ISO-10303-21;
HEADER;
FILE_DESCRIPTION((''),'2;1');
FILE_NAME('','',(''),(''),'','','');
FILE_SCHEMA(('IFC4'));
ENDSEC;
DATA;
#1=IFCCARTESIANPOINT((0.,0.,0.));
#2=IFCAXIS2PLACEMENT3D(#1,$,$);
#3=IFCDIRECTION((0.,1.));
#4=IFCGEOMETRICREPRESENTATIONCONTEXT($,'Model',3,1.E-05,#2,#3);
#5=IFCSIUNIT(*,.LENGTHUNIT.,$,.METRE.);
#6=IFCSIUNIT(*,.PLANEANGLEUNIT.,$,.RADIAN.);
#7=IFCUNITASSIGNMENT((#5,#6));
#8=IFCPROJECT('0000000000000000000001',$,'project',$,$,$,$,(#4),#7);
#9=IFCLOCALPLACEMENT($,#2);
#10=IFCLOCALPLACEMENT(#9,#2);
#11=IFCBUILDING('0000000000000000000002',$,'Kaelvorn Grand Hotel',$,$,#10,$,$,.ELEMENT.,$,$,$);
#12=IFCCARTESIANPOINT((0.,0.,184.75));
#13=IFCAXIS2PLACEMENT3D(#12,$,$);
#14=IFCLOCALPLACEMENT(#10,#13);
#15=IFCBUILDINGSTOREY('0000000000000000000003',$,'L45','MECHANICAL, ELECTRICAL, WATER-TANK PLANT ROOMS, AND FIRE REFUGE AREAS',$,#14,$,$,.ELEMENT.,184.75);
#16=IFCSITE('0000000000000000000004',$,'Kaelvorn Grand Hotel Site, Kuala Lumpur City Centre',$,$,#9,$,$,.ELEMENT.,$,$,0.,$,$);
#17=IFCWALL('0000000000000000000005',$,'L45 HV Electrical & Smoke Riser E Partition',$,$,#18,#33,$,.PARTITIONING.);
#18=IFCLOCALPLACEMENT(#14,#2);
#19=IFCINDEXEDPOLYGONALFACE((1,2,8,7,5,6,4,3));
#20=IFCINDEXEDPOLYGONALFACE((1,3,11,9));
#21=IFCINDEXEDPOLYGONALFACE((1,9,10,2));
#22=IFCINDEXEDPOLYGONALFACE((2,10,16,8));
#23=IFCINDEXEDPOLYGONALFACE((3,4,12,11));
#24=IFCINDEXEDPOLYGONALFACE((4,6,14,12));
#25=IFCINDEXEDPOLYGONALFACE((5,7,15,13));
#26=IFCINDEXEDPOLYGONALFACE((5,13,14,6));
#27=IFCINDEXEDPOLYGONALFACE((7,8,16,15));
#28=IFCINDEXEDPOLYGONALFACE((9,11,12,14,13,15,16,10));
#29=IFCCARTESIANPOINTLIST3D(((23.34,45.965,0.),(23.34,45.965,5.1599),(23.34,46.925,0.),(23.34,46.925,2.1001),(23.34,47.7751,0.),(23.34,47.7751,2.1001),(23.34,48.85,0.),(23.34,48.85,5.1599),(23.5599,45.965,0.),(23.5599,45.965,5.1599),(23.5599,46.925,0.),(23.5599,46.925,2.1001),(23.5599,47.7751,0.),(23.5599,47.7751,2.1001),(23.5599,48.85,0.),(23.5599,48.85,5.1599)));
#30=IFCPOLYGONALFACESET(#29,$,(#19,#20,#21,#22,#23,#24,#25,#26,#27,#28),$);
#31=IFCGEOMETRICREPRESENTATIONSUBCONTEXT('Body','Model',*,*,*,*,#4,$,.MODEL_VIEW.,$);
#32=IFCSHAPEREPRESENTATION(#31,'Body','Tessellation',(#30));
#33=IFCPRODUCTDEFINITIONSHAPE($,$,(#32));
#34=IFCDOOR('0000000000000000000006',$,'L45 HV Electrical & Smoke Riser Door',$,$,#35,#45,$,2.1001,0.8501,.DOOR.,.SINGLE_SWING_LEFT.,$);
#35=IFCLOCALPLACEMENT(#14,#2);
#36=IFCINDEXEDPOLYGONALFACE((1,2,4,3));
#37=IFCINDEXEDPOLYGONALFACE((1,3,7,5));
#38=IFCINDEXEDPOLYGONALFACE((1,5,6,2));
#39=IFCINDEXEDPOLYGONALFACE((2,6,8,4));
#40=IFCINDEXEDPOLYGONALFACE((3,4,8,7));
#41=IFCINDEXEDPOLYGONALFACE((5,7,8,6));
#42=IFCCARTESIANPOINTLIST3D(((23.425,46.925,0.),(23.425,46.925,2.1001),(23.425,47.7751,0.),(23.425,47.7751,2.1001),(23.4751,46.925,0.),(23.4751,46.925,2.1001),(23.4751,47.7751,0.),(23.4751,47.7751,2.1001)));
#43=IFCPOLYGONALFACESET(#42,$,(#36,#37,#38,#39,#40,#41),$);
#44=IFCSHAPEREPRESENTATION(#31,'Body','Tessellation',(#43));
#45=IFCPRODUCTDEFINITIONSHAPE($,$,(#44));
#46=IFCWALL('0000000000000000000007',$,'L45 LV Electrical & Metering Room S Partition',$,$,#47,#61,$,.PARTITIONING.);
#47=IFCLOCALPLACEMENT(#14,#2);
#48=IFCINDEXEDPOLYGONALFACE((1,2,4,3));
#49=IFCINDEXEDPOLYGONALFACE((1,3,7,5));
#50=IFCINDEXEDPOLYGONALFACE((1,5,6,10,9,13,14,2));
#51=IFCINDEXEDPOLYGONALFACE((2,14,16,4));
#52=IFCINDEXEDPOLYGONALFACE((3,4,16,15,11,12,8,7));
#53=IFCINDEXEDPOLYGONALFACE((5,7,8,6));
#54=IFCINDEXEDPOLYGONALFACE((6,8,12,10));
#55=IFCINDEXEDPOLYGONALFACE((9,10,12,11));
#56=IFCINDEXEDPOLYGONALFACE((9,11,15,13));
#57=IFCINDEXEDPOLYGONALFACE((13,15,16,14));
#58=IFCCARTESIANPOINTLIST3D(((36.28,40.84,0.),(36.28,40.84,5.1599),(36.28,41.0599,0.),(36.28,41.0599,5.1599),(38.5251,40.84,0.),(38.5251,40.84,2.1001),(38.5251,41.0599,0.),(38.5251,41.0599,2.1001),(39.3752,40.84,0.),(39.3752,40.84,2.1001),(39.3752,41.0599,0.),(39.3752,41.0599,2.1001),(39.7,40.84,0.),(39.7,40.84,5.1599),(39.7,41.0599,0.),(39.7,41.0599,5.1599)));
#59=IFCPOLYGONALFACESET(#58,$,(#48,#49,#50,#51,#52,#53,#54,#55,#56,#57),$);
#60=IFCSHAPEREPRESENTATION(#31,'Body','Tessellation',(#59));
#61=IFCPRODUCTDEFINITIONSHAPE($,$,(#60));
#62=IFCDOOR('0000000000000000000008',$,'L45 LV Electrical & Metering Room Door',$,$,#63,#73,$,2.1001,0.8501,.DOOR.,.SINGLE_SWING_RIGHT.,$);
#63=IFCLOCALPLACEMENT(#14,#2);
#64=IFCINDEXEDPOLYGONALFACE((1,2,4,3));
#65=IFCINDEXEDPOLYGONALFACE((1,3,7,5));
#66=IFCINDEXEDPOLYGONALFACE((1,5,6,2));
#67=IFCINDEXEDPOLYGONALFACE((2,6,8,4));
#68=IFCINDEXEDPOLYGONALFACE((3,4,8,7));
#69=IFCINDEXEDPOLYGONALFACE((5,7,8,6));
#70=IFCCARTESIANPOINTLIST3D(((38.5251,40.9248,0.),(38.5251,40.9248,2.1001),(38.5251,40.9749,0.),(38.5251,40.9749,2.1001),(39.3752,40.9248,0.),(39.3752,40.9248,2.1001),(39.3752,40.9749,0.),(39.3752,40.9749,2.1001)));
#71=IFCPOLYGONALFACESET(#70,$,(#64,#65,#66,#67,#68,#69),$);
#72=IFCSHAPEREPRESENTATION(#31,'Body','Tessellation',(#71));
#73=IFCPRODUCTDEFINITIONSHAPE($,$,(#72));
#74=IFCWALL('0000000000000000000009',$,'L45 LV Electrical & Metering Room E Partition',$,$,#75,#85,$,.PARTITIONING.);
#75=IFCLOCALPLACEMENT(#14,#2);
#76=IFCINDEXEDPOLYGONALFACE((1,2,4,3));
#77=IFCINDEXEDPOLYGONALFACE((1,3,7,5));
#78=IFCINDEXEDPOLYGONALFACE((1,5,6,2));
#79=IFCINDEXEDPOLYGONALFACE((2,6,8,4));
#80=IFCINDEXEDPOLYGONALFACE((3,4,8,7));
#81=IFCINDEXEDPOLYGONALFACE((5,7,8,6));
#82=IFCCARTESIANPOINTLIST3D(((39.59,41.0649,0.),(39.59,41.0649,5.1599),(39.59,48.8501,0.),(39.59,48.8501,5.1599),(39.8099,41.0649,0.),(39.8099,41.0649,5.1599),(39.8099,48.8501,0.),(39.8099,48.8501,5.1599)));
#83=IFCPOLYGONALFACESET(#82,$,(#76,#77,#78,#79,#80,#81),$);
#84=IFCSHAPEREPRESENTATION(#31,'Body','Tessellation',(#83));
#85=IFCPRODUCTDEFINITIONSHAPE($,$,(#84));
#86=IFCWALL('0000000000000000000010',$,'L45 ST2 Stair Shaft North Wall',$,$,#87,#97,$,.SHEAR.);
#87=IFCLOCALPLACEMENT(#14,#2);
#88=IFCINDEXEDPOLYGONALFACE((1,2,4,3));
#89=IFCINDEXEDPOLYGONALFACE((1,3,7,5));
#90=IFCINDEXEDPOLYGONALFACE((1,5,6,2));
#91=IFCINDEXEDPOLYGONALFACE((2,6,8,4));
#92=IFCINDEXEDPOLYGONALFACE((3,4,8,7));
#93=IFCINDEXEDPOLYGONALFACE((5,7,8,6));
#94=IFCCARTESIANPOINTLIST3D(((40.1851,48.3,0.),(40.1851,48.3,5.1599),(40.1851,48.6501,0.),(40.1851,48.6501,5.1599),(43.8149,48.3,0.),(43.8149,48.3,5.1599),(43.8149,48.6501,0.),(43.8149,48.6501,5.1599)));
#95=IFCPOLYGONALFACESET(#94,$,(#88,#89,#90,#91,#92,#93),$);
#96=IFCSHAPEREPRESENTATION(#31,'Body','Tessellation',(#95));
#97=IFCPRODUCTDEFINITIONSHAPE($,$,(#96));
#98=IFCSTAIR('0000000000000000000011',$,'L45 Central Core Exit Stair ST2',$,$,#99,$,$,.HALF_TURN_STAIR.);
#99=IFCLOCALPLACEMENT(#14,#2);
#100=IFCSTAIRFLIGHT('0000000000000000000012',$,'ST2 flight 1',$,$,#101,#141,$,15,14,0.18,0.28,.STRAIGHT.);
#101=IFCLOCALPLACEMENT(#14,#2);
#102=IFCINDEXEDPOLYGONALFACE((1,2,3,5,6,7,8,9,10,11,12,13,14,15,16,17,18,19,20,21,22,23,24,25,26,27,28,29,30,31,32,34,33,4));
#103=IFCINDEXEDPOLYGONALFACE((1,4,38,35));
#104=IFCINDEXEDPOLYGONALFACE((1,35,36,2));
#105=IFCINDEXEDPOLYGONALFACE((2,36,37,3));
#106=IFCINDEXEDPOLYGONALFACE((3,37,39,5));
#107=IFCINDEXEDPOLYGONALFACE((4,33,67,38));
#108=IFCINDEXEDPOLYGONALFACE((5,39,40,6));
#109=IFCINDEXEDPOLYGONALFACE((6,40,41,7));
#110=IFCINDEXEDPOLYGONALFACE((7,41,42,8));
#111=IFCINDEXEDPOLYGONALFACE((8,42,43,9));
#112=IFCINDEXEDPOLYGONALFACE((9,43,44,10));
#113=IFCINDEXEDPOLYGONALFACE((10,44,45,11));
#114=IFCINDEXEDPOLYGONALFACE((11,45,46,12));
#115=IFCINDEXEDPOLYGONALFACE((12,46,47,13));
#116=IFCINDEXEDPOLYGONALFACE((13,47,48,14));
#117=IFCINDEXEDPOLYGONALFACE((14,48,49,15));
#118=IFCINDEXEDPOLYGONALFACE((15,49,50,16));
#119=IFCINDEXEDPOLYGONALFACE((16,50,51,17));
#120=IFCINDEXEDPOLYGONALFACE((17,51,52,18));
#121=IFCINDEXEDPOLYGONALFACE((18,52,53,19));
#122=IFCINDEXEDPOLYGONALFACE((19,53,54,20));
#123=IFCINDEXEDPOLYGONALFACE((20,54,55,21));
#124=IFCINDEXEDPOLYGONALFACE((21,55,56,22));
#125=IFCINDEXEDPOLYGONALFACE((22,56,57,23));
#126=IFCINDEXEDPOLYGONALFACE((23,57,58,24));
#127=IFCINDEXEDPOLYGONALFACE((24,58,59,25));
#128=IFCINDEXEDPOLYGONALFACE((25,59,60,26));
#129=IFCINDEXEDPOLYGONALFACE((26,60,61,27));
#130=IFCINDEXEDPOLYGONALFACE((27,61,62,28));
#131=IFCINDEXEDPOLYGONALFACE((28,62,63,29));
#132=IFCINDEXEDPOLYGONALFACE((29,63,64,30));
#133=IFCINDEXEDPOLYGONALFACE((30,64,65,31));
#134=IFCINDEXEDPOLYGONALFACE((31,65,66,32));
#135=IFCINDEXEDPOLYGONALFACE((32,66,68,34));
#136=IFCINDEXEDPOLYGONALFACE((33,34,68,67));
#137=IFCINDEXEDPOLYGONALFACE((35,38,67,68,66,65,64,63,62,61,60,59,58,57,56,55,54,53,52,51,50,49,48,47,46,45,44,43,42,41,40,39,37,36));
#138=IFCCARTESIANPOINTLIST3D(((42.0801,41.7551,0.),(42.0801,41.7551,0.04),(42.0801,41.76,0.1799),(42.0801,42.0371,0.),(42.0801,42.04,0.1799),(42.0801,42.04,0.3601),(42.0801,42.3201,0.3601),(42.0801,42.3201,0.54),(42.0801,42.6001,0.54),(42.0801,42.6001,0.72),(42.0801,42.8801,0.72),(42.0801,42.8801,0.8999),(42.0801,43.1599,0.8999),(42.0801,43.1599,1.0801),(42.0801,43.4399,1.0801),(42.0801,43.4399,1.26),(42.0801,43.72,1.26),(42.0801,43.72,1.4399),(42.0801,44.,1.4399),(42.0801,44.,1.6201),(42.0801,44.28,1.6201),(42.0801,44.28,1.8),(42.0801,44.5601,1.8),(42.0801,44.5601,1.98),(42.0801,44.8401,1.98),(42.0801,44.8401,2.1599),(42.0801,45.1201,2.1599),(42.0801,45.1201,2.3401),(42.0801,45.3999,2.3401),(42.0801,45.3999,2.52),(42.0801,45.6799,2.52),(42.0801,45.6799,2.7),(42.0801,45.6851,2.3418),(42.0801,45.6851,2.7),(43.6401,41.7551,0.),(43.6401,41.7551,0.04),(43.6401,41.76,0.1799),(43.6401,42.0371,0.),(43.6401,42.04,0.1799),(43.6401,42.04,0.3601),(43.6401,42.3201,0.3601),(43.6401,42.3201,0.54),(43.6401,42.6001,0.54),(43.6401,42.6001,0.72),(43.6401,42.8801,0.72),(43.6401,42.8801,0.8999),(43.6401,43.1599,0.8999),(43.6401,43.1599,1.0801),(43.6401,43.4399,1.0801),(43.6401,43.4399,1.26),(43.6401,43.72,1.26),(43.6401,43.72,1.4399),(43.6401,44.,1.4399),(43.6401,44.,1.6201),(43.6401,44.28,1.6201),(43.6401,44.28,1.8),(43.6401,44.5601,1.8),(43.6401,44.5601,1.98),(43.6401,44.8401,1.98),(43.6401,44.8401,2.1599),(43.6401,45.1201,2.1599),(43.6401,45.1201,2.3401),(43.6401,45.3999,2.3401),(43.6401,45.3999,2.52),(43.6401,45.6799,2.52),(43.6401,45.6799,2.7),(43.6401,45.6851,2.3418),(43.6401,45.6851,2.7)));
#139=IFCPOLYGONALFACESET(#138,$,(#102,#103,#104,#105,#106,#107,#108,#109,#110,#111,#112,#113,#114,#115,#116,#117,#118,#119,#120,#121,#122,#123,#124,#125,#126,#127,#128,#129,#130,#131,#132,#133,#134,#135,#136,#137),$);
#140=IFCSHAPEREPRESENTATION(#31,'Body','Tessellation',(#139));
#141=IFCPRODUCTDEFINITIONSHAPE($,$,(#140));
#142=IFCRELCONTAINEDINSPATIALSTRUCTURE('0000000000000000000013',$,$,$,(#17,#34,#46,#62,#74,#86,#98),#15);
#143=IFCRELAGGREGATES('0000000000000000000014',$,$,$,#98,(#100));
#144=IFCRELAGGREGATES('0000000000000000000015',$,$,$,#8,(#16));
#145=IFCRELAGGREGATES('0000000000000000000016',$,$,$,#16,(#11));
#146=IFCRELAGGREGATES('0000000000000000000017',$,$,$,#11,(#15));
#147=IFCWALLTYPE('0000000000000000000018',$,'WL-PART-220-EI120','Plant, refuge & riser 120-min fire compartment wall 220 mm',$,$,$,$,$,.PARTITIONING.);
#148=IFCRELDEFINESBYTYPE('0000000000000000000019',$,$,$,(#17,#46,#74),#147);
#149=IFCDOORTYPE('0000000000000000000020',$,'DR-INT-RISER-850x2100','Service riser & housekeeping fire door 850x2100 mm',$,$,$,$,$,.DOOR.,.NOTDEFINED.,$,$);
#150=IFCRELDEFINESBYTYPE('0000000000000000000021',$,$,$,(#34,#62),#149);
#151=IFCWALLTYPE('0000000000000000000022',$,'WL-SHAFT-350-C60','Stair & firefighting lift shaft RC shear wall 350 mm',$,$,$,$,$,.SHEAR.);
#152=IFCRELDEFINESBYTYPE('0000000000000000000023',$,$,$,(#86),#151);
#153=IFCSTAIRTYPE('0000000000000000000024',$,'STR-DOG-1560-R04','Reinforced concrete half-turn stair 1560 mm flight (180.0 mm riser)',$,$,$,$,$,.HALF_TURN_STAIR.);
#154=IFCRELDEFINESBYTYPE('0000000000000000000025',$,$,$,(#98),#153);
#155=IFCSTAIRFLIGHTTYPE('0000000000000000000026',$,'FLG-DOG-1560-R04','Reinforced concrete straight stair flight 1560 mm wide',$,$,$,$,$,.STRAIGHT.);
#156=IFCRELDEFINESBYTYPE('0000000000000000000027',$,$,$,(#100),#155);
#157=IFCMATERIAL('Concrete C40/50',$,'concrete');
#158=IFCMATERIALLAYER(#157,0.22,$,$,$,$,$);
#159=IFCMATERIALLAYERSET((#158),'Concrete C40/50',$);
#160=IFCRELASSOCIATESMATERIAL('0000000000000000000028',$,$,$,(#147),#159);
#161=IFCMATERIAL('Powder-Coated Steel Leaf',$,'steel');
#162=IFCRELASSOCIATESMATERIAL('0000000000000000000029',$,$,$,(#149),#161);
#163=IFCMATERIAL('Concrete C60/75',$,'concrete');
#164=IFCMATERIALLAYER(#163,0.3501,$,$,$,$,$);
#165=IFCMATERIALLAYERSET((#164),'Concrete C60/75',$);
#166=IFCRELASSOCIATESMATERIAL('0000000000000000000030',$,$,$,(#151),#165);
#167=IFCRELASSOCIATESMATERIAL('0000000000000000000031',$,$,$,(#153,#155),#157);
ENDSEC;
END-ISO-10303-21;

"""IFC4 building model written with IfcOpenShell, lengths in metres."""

from ifc_helpers import new_model, si_unit, direction, frame, frame_2d, origin, place, context, subcontext, project, spatial, polyline, rectangle, outline, extrude, material, layer, layer_set, type_object, element, fill, aggregate, save


model = new_model("IFC4")

# Units and contexts
model_context = context("Model", 3, precision=1e-05, world=origin(), true_north=direction((0.0, 1.0)))
body_context = subcontext(model_context, "Body", "Model", "MODEL_VIEW")
ifc_project = project(units=[si_unit("LENGTHUNIT", "METRE"), si_unit("PLANEANGLEUNIT", "RADIAN")], contexts=[model_context])

# Site, building, storey
site_placement = place(None, origin())
site = spatial("IfcSite", under=ifc_project, at=site_placement, Name="Kaelvorn Grand Hotel Site, Kuala Lumpur City Centre", CompositionType="ELEMENT", RefElevation=0.0)
building_placement = place(site_placement, origin())
building = spatial("IfcBuilding", under=site, at=building_placement, Name="Kaelvorn Grand Hotel", CompositionType="ELEMENT")
storey_placement = place(building_placement, frame((0.0, 0.0, 184.75)))
storey = spatial("IfcBuildingStorey", under=building, at=storey_placement, Name="L45", Description="MECHANICAL, ELECTRICAL, WATER-TANK PLANT ROOMS, AND FIRE REFUGE AREAS", CompositionType="ELEMENT", Elevation=184.75)

# Shared definitions
ifc_material_1 = material(Name="Concrete C60/75", Category="concrete")

# Walls, openings, doors
ifc_material_2 = material(Name="Concrete C40/50", Category="concrete")
ifc_layer_1 = layer(ifc_material_2, 0.22)
ifc_layer_set_1 = layer_set([ifc_layer_1], Name="Concrete C40/50")
wall_type_1 = type_object("IfcWallType", Name="WL-PART-220-EI120", Description="Plant, refuge & riser 120-min fire compartment wall 220 mm", PredefinedType="PARTITIONING", material=ifc_layer_set_1)
ifc_material_3 = material(Name="Powder-Coated Steel Leaf", Category="steel")
door_type_1 = type_object("IfcDoorType", Name="DR-INT-RISER-850x2100", Description="Service riser & housekeeping fire door 850x2100 mm", OperationType="NOTDEFINED", PredefinedType="DOOR", material=ifc_material_3)
wall_1_placement = place(storey_placement, frame((23.45, 45.9651, 0.0), z_axis=(0.0, 0.0, 1.0), x_axis=(0.0, 1.0, 0.0)))
wall_1 = element("IfcWall", 1, at=wall_1_placement, inside=storey, type_object=wall_type_1, Name="L45 HV Electrical & Smoke Riser E Partition", PredefinedType="PARTITIONING", context=body_context, shape_type="SweptSolid", body=[
    extrude(rectangle(XDim=2.885, YDim=0.22, at=frame_2d((1.4424, 0.0))), origin(), (0.0, 0.0, 1.0), 5.1599),
])
opening_1_placement = place(wall_1_placement, frame((0.96, 0.0, 0.0)))
opening_1 = element("IfcOpeningElement", 2, at=opening_1_placement, cuts=wall_1, PredefinedType="OPENING", context=body_context, shape_type="SweptSolid", body=[
    extrude(rectangle(XDim=0.8501, YDim=2.1001, at=frame_2d((0.425, 1.05))), frame((0.0, 0.1201, 0.0), z_axis=(0.0, -1.0, 0.0), x_axis=(1.0, 0.0, 0.0)), (0.0, 0.0, 1.0), 0.24),
])
door_1_placement = place(opening_1_placement, origin())
door_1 = element("IfcDoor", 3, at=door_1_placement, inside=storey, type_object=door_type_1, Name="L45 HV Electrical & Smoke Riser Door", OperationType="SINGLE_SWING_LEFT", OverallHeight=2.1001, OverallWidth=0.8501, PredefinedType="DOOR", context=body_context, shape_type="SweptSolid", body=[
    extrude(rectangle(XDim=0.8501, YDim=2.1001, at=frame_2d((0.425, 1.05))), frame((0.0, 0.0249, 0.0), z_axis=(0.0, -1.0, 0.0), x_axis=(1.0, 0.0, 0.0)), (0.0, 0.0, 1.0), 0.05),
])
fill(opening_1, door_1)
wall_2_placement = place(storey_placement, frame((36.28, 40.95, 0.0), z_axis=(0.0, 0.0, 1.0), x_axis=(1.0, 0.0, 0.0)))
wall_2 = element("IfcWall", 4, at=wall_2_placement, inside=storey, type_object=wall_type_1, Name="L45 LV Electrical & Metering Room S Partition", PredefinedType="PARTITIONING", context=body_context, shape_type="SweptSolid", body=[
    extrude(rectangle(XDim=3.4199, YDim=0.22, at=frame_2d((1.71, 0.0))), origin(), (0.0, 0.0, 1.0), 5.1599),
])
opening_2_placement = place(wall_2_placement, frame((2.2451, 0.0, 0.0)))
opening_2 = element("IfcOpeningElement", 5, at=opening_2_placement, cuts=wall_2, PredefinedType="OPENING", context=body_context, shape_type="SweptSolid", body=[
    extrude(rectangle(XDim=0.8501, YDim=2.1001, at=frame_2d((0.425, 1.05))), frame((0.0, 0.1201, 0.0), z_axis=(0.0, -1.0, 0.0), x_axis=(1.0, 0.0, 0.0)), (0.0, 0.0, 1.0), 0.24),
])
door_2_placement = place(opening_2_placement, origin())
door_2 = element("IfcDoor", 6, at=door_2_placement, inside=storey, type_object=door_type_1, Name="L45 LV Electrical & Metering Room Door", OperationType="SINGLE_SWING_RIGHT", OverallHeight=2.1001, OverallWidth=0.8501, PredefinedType="DOOR", context=body_context, shape_type="SweptSolid", body=[
    extrude(rectangle(XDim=0.8501, YDim=2.1001, at=frame_2d((0.425, 1.05))), frame((0.0, 0.0249, 0.0), z_axis=(0.0, -1.0, 0.0), x_axis=(1.0, 0.0, 0.0)), (0.0, 0.0, 1.0), 0.05),
])
fill(opening_2, door_2)

# Walls
wall_3_placement = place(storey_placement, frame((39.7, 41.0649, 0.0), z_axis=(0.0, 0.0, 1.0), x_axis=(0.0, 1.0, 0.0)))
element("IfcWall", 7, at=wall_3_placement, inside=storey, type_object=wall_type_1, Name="L45 LV Electrical & Metering Room E Partition", PredefinedType="PARTITIONING", context=body_context, shape_type="SweptSolid", body=[
    extrude(rectangle(XDim=7.7852, YDim=0.22, at=frame_2d((3.8926, 0.0))), origin(), (0.0, 0.0, 1.0), 5.1599),
])
ifc_layer_2 = layer(ifc_material_1, 0.3501)
ifc_layer_set_2 = layer_set([ifc_layer_2], Name="Concrete C60/75")
wall_type_2 = type_object("IfcWallType", Name="WL-SHAFT-350-C60", Description="Stair & firefighting lift shaft RC shear wall 350 mm", PredefinedType="SHEAR", material=ifc_layer_set_2)
wall_4_placement = place(storey_placement, frame((40.1851, 48.4751, 0.0), z_axis=(0.0, 0.0, 1.0), x_axis=(1.0, 0.0, 0.0)))
element("IfcWall", 8, at=wall_4_placement, inside=storey, type_object=wall_type_2, Name="L45 ST2 Stair Shaft North Wall", PredefinedType="SHEAR", context=body_context, shape_type="SweptSolid", body=[
    extrude(rectangle(XDim=3.6299, YDim=0.3501, at=frame_2d((1.8149, 0.0))), origin(), (0.0, 0.0, 1.0), 5.1599),
])

# Stair, stair flight
stair_type = type_object("IfcStairType", Name="STR-DOG-1560-R04", Description="Reinforced concrete half-turn stair 1560 mm flight (180.0 mm riser)", PredefinedType="HALF_TURN_STAIR", material=ifc_material_2)
stair_placement = place(storey_placement, origin())
stair = element("IfcStair", 9, at=stair_placement, inside=storey, type_object=stair_type, Name="L45 Central Core Exit Stair ST2", PredefinedType="HALF_TURN_STAIR")
stair_flight_type = type_object("IfcStairFlightType", Name="FLG-DOG-1560-R04", Description="Reinforced concrete straight stair flight 1560 mm wide", PredefinedType="STRAIGHT", material=ifc_material_2)
stair_flight_1_placement = place(storey_placement, frame((42.8601, 41.76, 0.0), z_axis=(0.0, 0.0, 1.0), x_axis=(0.0, 1.0, 0.0)))
stair_flight_1 = element("IfcStairFlight", 10, at=stair_flight_1_placement, type_object=stair_flight_type, Name="ST2 flight 1", NumberOfRisers=15, NumberOfTreads=14, PredefinedType="STRAIGHT", RiserHeight=0.18, TreadLength=0.28, context=body_context, shape_type="SweptSolid", body=[
    extrude(outline(polyline([(-0.0049, 0.0), (-0.0049, 0.04), (0.0, 0.1799), (0.28, 0.1799), (0.28, 0.3601), (0.5601, 0.3601), (0.5601, 0.54), (0.8401, 0.54), (0.8401, 0.72), (1.1201, 0.72), (1.1201, 0.8999), (1.3999, 0.8999), (1.3999, 1.0801), (1.6799, 1.0801), (1.6799, 1.26), (1.96, 1.26), (1.96, 1.4399), (2.24, 1.4399), (2.24, 1.6201), (2.52, 1.6201), (2.52, 1.8), (2.8, 1.8), (2.8, 1.98), (3.0801, 1.98), (3.0801, 2.1599), (3.3601, 2.1599), (3.3601, 2.3401), (3.6399, 2.3401), (3.6399, 2.52), (3.9199, 2.52), (3.9199, 2.7), (3.925, 2.7), (3.925, 2.3418), (0.2771, 0.0), (-0.0049, 0.0)])), frame((0.0, 0.78, 0.0), z_axis=(0.0, -1.0, 0.0), x_axis=(1.0, 0.0, 0.0)), (0.0, 0.0, 1.0), 1.5601),
])
aggregate(stair, [stair_flight_1])

save(model, "model.ifc")
